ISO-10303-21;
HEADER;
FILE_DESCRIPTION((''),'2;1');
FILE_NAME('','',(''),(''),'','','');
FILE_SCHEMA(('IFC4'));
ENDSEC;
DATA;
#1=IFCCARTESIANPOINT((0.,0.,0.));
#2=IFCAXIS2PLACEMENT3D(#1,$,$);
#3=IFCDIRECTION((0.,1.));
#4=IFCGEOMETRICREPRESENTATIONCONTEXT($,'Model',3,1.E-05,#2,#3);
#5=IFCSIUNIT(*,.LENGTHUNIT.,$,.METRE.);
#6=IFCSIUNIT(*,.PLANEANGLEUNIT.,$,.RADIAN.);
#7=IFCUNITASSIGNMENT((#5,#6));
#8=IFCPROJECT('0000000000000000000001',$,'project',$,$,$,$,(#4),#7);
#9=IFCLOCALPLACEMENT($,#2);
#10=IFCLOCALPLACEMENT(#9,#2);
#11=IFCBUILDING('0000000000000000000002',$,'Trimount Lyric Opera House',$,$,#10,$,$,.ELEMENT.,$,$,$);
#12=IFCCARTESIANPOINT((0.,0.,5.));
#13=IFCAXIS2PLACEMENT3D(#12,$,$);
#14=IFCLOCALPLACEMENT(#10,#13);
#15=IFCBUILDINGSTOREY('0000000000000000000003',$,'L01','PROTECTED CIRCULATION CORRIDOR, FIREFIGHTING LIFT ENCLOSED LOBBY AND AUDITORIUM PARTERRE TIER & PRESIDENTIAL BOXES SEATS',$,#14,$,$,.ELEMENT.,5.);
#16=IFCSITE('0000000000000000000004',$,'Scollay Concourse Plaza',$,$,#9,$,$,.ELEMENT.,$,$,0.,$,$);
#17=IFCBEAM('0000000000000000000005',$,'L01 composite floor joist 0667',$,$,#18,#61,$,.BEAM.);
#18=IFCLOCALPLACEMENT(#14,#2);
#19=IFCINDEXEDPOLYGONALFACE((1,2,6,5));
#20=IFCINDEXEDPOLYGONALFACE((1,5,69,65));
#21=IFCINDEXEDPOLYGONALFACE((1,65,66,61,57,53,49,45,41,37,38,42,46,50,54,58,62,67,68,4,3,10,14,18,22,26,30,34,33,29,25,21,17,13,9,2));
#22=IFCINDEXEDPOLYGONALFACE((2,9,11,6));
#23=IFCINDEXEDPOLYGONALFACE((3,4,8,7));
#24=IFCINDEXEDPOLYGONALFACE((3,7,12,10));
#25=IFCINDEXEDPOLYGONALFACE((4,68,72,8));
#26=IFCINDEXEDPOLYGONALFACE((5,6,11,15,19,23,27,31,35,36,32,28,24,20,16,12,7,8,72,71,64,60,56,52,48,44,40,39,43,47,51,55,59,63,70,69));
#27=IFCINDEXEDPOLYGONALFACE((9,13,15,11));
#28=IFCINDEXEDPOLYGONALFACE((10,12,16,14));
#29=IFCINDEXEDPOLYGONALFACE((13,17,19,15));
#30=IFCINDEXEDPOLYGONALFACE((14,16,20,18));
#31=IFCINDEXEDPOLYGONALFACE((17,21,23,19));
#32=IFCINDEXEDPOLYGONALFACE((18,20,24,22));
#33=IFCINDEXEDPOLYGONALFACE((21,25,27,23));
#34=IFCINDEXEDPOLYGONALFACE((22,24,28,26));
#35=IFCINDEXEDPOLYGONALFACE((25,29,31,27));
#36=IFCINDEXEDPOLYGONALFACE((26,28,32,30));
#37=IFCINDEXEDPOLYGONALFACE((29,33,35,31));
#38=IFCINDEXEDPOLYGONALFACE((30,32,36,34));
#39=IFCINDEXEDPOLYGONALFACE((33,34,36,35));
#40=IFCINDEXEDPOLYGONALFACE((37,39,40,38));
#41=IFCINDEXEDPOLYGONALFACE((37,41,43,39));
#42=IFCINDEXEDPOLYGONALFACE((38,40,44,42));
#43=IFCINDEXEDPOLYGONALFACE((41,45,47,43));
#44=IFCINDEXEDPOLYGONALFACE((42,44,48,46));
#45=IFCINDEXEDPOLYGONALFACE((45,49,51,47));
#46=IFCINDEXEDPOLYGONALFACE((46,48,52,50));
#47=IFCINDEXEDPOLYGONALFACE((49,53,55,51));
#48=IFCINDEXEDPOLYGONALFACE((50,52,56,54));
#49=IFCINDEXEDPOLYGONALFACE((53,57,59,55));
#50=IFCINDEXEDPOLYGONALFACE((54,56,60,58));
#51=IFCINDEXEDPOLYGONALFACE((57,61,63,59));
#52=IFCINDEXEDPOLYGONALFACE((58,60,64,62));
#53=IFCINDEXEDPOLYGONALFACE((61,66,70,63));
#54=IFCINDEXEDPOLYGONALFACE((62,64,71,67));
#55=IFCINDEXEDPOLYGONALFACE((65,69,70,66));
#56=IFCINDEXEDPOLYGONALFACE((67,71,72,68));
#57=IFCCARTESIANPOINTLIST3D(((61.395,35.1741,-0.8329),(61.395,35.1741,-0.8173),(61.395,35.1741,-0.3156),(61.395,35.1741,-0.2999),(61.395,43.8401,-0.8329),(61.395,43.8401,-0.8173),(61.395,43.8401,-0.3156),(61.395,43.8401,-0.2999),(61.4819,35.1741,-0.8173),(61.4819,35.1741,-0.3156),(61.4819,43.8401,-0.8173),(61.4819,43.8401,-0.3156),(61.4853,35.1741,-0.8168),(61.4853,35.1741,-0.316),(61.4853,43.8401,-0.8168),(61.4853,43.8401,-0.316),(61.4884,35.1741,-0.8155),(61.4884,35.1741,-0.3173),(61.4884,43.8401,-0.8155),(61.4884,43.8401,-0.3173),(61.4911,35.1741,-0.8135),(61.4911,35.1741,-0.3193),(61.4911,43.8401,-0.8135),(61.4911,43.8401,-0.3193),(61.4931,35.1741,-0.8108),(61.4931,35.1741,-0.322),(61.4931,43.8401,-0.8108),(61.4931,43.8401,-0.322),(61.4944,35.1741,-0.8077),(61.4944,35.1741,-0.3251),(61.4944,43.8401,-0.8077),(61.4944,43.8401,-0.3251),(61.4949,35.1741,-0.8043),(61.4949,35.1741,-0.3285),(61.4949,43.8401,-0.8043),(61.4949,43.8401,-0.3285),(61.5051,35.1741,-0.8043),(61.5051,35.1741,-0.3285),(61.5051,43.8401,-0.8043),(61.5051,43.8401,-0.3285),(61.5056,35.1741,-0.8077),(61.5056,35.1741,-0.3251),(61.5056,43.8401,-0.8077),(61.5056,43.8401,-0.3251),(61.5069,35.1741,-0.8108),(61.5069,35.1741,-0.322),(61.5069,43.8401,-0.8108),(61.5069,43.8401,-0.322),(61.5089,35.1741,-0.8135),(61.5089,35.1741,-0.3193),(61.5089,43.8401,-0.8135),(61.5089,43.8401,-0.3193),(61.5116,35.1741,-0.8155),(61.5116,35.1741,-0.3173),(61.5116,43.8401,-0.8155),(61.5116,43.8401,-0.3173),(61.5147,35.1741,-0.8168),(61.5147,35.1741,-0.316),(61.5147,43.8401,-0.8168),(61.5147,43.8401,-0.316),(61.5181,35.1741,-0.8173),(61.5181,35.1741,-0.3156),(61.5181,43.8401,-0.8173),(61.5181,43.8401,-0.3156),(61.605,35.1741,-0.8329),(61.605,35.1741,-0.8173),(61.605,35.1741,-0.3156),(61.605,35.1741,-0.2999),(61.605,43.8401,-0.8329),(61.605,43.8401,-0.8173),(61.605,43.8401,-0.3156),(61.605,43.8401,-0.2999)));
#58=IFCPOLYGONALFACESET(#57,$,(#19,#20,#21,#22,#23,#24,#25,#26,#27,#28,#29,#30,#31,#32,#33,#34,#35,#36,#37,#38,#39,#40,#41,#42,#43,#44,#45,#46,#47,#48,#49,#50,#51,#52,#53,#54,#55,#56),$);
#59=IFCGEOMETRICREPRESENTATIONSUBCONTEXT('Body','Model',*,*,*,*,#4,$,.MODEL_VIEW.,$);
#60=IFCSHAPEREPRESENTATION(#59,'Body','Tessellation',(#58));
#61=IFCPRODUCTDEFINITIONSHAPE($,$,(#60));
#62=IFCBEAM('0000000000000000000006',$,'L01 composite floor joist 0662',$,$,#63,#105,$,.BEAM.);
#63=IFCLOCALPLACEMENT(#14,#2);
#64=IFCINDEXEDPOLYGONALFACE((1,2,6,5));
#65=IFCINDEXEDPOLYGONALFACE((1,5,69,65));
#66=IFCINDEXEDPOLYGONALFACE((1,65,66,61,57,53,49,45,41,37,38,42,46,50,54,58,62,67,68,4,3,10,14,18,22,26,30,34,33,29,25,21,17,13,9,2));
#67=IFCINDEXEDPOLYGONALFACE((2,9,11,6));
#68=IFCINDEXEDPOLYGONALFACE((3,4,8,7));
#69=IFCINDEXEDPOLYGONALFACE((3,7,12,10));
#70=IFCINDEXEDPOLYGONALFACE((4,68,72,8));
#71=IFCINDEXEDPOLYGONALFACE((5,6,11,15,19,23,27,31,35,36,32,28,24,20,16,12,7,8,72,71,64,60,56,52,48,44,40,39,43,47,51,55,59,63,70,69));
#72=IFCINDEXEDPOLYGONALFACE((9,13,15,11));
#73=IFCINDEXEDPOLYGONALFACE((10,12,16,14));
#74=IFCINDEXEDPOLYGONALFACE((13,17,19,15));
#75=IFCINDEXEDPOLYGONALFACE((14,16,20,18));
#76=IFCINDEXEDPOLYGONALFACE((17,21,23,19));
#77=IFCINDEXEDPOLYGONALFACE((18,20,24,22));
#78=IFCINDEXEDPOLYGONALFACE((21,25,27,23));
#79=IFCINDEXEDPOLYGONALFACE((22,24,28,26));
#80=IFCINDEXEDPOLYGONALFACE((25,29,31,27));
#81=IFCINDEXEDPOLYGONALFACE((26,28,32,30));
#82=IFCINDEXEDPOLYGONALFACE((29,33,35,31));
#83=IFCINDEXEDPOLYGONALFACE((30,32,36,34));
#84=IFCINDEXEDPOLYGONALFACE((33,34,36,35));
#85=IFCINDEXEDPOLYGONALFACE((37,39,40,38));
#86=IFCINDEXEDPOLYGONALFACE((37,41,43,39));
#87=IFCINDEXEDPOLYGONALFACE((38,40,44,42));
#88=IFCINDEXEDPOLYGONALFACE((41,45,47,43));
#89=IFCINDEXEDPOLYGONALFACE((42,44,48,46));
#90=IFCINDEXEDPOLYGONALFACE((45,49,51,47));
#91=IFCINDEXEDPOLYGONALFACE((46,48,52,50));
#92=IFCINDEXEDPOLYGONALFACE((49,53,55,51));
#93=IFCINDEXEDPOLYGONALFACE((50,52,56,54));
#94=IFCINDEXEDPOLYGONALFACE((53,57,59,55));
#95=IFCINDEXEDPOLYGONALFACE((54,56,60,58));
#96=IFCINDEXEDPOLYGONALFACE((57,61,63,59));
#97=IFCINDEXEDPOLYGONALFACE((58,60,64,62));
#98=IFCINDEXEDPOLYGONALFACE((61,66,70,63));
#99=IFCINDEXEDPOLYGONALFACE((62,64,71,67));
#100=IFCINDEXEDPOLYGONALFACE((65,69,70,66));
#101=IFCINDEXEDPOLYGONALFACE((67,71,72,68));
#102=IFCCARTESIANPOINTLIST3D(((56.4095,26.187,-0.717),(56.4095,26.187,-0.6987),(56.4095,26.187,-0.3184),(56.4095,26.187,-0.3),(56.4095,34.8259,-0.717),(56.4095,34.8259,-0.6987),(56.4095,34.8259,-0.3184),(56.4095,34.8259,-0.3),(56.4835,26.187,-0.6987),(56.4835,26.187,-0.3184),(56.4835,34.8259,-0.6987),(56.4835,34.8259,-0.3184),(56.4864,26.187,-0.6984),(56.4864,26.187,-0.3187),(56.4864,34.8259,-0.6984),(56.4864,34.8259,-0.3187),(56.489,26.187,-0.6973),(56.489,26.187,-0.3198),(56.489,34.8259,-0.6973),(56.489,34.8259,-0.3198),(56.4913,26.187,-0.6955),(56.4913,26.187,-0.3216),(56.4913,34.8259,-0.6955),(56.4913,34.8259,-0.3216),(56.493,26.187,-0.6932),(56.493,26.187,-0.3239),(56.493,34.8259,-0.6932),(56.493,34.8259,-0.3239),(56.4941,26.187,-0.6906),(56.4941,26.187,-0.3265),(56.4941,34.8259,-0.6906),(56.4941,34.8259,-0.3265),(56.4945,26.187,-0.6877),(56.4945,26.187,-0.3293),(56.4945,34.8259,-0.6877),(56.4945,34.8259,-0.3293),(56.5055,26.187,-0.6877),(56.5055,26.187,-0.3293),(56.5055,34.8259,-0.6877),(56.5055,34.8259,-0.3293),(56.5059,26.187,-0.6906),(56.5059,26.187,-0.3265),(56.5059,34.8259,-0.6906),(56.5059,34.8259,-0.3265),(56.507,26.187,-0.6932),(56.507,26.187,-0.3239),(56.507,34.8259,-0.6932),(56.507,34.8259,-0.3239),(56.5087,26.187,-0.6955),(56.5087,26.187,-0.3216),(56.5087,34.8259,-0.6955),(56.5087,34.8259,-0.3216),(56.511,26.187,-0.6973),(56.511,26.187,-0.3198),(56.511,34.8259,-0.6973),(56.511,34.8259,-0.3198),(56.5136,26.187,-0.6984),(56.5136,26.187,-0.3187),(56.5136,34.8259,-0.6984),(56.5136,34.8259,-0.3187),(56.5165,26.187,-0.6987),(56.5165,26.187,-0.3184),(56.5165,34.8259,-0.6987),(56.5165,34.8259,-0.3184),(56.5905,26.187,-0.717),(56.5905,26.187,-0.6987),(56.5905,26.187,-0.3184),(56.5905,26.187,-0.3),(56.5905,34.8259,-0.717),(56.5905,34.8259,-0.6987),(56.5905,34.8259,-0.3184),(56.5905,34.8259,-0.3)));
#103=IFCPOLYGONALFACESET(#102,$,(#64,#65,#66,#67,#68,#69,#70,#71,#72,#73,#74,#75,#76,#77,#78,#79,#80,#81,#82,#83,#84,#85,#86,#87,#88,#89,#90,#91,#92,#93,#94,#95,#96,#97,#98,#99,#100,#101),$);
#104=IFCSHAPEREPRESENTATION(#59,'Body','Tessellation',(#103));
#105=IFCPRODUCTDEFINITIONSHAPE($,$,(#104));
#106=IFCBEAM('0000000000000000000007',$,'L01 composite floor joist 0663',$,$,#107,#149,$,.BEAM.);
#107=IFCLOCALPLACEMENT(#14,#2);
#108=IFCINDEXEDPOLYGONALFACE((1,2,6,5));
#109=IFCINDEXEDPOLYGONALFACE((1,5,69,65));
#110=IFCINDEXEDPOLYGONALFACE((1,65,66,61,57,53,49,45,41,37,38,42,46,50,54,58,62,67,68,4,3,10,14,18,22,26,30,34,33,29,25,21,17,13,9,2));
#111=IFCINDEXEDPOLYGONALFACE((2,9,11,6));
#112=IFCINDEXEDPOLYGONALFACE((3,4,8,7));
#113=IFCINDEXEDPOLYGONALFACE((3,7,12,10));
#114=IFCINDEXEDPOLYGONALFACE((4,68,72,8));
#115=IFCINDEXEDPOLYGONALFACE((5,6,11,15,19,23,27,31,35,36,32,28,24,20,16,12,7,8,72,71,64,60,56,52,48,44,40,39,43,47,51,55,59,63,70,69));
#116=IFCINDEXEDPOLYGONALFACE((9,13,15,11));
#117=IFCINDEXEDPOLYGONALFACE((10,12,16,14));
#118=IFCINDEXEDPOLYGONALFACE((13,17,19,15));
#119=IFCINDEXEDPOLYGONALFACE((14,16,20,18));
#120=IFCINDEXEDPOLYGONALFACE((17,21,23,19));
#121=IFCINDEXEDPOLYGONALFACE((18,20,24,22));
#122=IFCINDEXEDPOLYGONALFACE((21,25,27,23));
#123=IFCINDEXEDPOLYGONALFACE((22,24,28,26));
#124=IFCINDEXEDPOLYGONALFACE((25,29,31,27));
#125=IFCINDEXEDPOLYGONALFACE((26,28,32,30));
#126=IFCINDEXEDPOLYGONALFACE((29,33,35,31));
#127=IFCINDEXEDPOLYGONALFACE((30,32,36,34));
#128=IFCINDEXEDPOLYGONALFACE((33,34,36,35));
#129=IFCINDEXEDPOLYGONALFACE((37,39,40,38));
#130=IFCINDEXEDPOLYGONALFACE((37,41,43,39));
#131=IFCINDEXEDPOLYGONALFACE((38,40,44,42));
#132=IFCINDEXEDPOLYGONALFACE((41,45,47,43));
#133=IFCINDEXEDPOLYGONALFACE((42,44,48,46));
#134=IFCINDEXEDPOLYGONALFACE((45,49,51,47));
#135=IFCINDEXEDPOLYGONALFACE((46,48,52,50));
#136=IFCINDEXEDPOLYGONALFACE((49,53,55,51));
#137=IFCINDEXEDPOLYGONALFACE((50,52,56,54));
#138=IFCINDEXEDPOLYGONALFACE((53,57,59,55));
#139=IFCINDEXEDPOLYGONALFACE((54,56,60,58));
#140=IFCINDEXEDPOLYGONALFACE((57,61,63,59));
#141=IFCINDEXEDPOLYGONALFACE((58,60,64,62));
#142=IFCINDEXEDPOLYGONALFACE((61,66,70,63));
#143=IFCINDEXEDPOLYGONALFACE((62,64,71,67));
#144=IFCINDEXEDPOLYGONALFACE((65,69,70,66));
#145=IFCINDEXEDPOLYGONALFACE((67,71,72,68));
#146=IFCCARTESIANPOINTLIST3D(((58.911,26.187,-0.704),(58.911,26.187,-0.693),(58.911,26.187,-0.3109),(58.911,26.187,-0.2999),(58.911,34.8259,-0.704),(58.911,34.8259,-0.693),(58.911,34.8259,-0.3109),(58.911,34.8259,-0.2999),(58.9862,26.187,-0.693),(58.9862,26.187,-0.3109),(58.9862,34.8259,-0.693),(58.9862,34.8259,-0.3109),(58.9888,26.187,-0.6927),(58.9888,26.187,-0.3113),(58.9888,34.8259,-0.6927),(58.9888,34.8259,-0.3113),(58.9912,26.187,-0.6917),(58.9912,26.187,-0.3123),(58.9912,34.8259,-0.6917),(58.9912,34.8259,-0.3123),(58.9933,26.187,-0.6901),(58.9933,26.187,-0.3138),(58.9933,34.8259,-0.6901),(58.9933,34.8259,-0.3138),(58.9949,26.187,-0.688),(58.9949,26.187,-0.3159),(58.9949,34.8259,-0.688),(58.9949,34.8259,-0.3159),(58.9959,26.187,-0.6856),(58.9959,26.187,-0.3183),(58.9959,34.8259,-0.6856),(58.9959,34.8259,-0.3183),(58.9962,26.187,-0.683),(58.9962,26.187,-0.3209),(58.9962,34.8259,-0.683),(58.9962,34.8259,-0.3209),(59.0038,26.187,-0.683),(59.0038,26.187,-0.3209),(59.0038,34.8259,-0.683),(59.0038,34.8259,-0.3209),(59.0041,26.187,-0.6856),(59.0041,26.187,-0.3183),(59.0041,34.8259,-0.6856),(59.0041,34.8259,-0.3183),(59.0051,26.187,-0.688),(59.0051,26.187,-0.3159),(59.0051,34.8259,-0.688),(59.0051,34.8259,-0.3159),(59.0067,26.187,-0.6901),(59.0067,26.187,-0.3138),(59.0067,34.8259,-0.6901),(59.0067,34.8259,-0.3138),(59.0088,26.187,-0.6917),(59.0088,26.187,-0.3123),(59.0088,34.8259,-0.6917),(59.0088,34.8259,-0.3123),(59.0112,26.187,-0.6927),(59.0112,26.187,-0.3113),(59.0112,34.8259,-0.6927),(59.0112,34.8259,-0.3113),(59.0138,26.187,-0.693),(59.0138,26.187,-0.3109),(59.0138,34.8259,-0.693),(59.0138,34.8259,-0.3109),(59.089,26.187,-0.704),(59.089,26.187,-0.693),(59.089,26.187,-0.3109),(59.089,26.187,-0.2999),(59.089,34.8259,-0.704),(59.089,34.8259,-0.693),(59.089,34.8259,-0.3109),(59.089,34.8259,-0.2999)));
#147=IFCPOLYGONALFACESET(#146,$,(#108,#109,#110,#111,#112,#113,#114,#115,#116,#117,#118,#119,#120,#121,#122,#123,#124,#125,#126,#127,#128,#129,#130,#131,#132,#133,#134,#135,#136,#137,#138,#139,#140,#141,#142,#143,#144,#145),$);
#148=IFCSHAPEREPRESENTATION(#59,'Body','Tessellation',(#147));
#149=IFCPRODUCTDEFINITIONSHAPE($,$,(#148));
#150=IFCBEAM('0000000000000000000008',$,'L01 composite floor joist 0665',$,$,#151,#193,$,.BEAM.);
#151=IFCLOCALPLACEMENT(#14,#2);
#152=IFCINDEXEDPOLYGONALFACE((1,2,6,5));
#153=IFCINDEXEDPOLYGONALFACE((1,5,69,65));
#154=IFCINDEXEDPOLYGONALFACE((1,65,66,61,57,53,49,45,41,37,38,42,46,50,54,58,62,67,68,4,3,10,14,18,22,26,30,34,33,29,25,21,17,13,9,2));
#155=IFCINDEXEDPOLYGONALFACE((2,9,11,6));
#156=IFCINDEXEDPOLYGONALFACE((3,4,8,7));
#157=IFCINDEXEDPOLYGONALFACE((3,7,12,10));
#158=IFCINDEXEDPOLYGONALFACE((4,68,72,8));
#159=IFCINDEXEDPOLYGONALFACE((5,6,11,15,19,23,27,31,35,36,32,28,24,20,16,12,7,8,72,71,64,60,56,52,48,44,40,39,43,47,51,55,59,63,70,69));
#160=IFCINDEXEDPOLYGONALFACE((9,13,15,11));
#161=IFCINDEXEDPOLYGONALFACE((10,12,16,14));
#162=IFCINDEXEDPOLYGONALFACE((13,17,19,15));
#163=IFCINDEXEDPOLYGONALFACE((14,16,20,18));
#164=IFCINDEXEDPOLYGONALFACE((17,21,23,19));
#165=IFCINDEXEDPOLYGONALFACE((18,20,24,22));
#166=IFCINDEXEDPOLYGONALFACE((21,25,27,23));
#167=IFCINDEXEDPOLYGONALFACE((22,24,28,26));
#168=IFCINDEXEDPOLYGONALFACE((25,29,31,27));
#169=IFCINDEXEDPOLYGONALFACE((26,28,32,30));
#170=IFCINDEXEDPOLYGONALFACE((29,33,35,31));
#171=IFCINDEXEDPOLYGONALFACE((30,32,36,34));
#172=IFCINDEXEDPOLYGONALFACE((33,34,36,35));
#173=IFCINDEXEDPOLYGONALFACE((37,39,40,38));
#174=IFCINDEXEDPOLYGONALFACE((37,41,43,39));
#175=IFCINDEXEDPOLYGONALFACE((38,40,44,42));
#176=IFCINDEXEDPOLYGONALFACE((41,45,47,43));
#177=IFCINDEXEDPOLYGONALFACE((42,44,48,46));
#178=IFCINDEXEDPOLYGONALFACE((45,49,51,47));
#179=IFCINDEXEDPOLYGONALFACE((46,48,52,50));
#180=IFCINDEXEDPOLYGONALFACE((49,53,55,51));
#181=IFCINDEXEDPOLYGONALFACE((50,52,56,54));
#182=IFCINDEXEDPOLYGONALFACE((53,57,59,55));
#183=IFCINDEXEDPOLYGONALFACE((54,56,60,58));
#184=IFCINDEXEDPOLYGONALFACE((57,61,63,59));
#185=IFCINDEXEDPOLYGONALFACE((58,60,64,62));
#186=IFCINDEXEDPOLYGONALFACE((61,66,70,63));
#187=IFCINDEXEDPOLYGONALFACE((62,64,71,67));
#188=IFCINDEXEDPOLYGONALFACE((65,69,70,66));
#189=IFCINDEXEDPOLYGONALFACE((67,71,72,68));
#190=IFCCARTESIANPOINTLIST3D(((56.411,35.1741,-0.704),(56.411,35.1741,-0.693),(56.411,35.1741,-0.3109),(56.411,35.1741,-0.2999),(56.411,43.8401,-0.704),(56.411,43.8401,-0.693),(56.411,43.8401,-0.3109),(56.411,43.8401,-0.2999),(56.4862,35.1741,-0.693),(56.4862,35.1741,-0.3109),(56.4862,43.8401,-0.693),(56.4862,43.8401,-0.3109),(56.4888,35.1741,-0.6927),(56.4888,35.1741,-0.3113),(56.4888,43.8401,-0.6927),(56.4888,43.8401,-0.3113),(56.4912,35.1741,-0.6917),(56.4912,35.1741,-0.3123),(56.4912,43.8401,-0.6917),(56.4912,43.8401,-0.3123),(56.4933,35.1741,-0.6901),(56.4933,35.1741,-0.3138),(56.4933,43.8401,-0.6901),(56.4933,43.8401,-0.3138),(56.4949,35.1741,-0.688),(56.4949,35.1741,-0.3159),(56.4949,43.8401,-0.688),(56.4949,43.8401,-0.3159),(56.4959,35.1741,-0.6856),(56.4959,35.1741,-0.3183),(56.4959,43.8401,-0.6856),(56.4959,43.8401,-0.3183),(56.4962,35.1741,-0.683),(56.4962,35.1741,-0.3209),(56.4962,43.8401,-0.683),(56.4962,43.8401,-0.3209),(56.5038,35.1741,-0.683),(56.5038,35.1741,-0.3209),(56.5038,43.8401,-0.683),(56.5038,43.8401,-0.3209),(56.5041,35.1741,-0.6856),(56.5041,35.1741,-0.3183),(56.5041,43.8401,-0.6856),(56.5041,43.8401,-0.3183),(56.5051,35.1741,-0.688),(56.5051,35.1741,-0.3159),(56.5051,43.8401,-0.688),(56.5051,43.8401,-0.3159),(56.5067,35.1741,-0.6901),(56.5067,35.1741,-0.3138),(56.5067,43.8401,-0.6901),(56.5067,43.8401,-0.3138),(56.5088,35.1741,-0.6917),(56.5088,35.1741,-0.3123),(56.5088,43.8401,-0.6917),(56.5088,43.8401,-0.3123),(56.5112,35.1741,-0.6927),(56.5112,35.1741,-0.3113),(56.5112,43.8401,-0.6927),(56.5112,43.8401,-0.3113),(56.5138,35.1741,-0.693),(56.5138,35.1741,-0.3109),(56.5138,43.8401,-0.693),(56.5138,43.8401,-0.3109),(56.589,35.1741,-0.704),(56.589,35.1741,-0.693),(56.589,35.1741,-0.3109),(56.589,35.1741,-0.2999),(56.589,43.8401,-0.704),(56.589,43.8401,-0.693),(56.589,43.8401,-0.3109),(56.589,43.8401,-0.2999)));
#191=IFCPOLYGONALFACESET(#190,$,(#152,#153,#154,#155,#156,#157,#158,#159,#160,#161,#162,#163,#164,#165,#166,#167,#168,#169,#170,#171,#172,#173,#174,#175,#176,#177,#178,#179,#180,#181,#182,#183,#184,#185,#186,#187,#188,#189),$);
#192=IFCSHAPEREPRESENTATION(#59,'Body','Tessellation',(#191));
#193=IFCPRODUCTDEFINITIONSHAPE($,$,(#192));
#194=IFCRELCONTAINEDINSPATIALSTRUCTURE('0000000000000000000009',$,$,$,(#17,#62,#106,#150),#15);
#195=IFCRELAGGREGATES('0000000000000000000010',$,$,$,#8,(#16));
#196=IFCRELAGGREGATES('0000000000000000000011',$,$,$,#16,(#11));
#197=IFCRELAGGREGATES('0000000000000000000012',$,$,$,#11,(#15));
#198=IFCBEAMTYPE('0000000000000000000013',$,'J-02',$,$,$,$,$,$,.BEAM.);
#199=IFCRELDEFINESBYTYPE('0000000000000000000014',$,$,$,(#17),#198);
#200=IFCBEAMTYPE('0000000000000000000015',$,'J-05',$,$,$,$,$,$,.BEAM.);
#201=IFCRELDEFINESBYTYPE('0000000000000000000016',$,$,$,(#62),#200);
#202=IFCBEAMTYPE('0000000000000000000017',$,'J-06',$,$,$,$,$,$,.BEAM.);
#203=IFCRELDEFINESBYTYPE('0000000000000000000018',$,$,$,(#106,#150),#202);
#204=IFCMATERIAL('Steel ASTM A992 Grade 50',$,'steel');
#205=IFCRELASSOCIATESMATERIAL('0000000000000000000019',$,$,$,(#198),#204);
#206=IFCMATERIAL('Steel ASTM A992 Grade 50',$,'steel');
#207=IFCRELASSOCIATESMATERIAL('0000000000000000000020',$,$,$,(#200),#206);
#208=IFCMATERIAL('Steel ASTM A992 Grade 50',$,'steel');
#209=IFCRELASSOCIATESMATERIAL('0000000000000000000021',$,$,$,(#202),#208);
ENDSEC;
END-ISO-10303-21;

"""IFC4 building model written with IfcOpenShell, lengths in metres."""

from ifc_helpers import new_model, si_unit, direction, frame, origin, origin_2d, place, context, subcontext, project, spatial, i_section, extrude, material, material_profile, profile_set, type_object, element, save


model = new_model("IFC4")

# Units and contexts
model_context = context("Model", 3, precision=1e-05, world=origin(), true_north=direction((0.0, 1.0)))
body_context = subcontext(model_context, "Body", "Model", "MODEL_VIEW")
ifc_project = project(units=[si_unit("LENGTHUNIT", "METRE"), si_unit("PLANEANGLEUNIT", "RADIAN")], contexts=[model_context])

# Site, building, storey
site_placement = place(None, origin())
site = spatial("IfcSite", under=ifc_project, at=site_placement, Name="Scollay Concourse Plaza", CompositionType="ELEMENT", RefElevation=0.0)
building_placement = place(site_placement, origin())
building = spatial("IfcBuilding", under=site, at=building_placement, Name="Trimount Lyric Opera House", CompositionType="ELEMENT")
storey_placement = place(building_placement, frame((0.0, 0.0, 5.0)))
storey = spatial("IfcBuildingStorey", under=building, at=storey_placement, Name="L01", Description="PROTECTED CIRCULATION CORRIDOR, FIREFIGHTING LIFT ENCLOSED LOBBY AND AUDITORIUM PARTERRE TIER & PRESIDENTIAL BOXES SEATS", CompositionType="ELEMENT", Elevation=5.0)

# Beams
ifc_material_1 = material(Name="Steel ASTM A992 Grade 50", Category="steel")
ifc_material_profile_1 = material_profile(ifc_material_1, i_section(OverallWidth=0.21, OverallDepth=0.533, WebThickness=0.0103, FlangeThickness=0.0156, FilletRadius=0.0129, at=origin_2d()), Name="W21X62")
ifc_profile_set_1 = profile_set([ifc_material_profile_1], Name="Steel ASTM A992 Grade 50")
beam_type_1 = type_object("IfcBeamType", Name="J-02", PredefinedType="BEAM", material=ifc_profile_set_1)
beam_1_placement = place(storey_placement, frame((61.5, 35.1741, -0.5664), z_axis=(0.0, 1.0, 0.0), x_axis=(-1.0, 0.0, 0.0)))
element("IfcBeam", 1, at=beam_1_placement, inside=storey, type_object=beam_type_1, Name="L01 composite floor joist 0667", PredefinedType="BEAM", context=body_context, shape_type="SweptSolid", body=[
    extrude(i_section(OverallWidth=0.21, OverallDepth=0.533, WebThickness=0.0103, FlangeThickness=0.0156, FilletRadius=0.0129, at=origin_2d()), origin(), (0.0, 0.0, 1.0), 8.666),
])
ifc_material_2 = material(Name="Steel ASTM A992 Grade 50", Category="steel")
ifc_material_profile_2 = material_profile(ifc_material_2, i_section(OverallWidth=0.1809, OverallDepth=0.417, WebThickness=0.011, FlangeThickness=0.0183, FilletRadius=0.011, at=origin_2d()), Name="W16X57")
ifc_profile_set_2 = profile_set([ifc_material_profile_2], Name="Steel ASTM A992 Grade 50")
beam_type_2 = type_object("IfcBeamType", Name="J-05", PredefinedType="BEAM", material=ifc_profile_set_2)
beam_2_placement = place(storey_placement, frame((56.5, 26.187, -0.5085), z_axis=(0.0, 1.0, 0.0), x_axis=(-1.0, 0.0, 0.0)))
element("IfcBeam", 2, at=beam_2_placement, inside=storey, type_object=beam_type_2, Name="L01 composite floor joist 0662", PredefinedType="BEAM", context=body_context, shape_type="SweptSolid", body=[
    extrude(i_section(OverallWidth=0.1809, OverallDepth=0.417, WebThickness=0.011, FlangeThickness=0.0183, FilletRadius=0.011, at=origin_2d()), origin(), (0.0, 0.0, 1.0), 8.6389),
])
ifc_material_3 = material(Name="Steel ASTM A992 Grade 50", Category="steel")
ifc_material_profile_3 = material_profile(ifc_material_3, i_section(OverallWidth=0.178, OverallDepth=0.4041, WebThickness=0.0076, FlangeThickness=0.011, FilletRadius=0.01, at=origin_2d()), Name="W16X36")
ifc_profile_set_3 = profile_set([ifc_material_profile_3], Name="Steel ASTM A992 Grade 50")
beam_type_3 = type_object("IfcBeamType", Name="J-06", PredefinedType="BEAM", material=ifc_profile_set_3)
beam_3_placement = place(storey_placement, frame((59.0, 26.187, -0.502), z_axis=(0.0, 1.0, 0.0), x_axis=(-1.0, 0.0, 0.0)))
element("IfcBeam", 3, at=beam_3_placement, inside=storey, type_object=beam_type_3, Name="L01 composite floor joist 0663", PredefinedType="BEAM", context=body_context, shape_type="SweptSolid", body=[
    extrude(i_section(OverallWidth=0.178, OverallDepth=0.4041, WebThickness=0.0076, FlangeThickness=0.011, FilletRadius=0.01, at=origin_2d()), origin(), (0.0, 0.0, 1.0), 8.6389),
])
beam_4_placement = place(storey_placement, frame((56.5, 35.1741, -0.502), z_axis=(0.0, 1.0, 0.0), x_axis=(-1.0, 0.0, 0.0)))
element("IfcBeam", 4, at=beam_4_placement, inside=storey, type_object=beam_type_3, Name="L01 composite floor joist 0665", PredefinedType="BEAM", context=body_context, shape_type="SweptSolid", body=[
    extrude(i_section(OverallWidth=0.178, OverallDepth=0.4041, WebThickness=0.0076, FlangeThickness=0.011, FilletRadius=0.01, at=origin_2d()), origin(), (0.0, 0.0, 1.0), 8.666),
])

save(model, "model.ifc")
